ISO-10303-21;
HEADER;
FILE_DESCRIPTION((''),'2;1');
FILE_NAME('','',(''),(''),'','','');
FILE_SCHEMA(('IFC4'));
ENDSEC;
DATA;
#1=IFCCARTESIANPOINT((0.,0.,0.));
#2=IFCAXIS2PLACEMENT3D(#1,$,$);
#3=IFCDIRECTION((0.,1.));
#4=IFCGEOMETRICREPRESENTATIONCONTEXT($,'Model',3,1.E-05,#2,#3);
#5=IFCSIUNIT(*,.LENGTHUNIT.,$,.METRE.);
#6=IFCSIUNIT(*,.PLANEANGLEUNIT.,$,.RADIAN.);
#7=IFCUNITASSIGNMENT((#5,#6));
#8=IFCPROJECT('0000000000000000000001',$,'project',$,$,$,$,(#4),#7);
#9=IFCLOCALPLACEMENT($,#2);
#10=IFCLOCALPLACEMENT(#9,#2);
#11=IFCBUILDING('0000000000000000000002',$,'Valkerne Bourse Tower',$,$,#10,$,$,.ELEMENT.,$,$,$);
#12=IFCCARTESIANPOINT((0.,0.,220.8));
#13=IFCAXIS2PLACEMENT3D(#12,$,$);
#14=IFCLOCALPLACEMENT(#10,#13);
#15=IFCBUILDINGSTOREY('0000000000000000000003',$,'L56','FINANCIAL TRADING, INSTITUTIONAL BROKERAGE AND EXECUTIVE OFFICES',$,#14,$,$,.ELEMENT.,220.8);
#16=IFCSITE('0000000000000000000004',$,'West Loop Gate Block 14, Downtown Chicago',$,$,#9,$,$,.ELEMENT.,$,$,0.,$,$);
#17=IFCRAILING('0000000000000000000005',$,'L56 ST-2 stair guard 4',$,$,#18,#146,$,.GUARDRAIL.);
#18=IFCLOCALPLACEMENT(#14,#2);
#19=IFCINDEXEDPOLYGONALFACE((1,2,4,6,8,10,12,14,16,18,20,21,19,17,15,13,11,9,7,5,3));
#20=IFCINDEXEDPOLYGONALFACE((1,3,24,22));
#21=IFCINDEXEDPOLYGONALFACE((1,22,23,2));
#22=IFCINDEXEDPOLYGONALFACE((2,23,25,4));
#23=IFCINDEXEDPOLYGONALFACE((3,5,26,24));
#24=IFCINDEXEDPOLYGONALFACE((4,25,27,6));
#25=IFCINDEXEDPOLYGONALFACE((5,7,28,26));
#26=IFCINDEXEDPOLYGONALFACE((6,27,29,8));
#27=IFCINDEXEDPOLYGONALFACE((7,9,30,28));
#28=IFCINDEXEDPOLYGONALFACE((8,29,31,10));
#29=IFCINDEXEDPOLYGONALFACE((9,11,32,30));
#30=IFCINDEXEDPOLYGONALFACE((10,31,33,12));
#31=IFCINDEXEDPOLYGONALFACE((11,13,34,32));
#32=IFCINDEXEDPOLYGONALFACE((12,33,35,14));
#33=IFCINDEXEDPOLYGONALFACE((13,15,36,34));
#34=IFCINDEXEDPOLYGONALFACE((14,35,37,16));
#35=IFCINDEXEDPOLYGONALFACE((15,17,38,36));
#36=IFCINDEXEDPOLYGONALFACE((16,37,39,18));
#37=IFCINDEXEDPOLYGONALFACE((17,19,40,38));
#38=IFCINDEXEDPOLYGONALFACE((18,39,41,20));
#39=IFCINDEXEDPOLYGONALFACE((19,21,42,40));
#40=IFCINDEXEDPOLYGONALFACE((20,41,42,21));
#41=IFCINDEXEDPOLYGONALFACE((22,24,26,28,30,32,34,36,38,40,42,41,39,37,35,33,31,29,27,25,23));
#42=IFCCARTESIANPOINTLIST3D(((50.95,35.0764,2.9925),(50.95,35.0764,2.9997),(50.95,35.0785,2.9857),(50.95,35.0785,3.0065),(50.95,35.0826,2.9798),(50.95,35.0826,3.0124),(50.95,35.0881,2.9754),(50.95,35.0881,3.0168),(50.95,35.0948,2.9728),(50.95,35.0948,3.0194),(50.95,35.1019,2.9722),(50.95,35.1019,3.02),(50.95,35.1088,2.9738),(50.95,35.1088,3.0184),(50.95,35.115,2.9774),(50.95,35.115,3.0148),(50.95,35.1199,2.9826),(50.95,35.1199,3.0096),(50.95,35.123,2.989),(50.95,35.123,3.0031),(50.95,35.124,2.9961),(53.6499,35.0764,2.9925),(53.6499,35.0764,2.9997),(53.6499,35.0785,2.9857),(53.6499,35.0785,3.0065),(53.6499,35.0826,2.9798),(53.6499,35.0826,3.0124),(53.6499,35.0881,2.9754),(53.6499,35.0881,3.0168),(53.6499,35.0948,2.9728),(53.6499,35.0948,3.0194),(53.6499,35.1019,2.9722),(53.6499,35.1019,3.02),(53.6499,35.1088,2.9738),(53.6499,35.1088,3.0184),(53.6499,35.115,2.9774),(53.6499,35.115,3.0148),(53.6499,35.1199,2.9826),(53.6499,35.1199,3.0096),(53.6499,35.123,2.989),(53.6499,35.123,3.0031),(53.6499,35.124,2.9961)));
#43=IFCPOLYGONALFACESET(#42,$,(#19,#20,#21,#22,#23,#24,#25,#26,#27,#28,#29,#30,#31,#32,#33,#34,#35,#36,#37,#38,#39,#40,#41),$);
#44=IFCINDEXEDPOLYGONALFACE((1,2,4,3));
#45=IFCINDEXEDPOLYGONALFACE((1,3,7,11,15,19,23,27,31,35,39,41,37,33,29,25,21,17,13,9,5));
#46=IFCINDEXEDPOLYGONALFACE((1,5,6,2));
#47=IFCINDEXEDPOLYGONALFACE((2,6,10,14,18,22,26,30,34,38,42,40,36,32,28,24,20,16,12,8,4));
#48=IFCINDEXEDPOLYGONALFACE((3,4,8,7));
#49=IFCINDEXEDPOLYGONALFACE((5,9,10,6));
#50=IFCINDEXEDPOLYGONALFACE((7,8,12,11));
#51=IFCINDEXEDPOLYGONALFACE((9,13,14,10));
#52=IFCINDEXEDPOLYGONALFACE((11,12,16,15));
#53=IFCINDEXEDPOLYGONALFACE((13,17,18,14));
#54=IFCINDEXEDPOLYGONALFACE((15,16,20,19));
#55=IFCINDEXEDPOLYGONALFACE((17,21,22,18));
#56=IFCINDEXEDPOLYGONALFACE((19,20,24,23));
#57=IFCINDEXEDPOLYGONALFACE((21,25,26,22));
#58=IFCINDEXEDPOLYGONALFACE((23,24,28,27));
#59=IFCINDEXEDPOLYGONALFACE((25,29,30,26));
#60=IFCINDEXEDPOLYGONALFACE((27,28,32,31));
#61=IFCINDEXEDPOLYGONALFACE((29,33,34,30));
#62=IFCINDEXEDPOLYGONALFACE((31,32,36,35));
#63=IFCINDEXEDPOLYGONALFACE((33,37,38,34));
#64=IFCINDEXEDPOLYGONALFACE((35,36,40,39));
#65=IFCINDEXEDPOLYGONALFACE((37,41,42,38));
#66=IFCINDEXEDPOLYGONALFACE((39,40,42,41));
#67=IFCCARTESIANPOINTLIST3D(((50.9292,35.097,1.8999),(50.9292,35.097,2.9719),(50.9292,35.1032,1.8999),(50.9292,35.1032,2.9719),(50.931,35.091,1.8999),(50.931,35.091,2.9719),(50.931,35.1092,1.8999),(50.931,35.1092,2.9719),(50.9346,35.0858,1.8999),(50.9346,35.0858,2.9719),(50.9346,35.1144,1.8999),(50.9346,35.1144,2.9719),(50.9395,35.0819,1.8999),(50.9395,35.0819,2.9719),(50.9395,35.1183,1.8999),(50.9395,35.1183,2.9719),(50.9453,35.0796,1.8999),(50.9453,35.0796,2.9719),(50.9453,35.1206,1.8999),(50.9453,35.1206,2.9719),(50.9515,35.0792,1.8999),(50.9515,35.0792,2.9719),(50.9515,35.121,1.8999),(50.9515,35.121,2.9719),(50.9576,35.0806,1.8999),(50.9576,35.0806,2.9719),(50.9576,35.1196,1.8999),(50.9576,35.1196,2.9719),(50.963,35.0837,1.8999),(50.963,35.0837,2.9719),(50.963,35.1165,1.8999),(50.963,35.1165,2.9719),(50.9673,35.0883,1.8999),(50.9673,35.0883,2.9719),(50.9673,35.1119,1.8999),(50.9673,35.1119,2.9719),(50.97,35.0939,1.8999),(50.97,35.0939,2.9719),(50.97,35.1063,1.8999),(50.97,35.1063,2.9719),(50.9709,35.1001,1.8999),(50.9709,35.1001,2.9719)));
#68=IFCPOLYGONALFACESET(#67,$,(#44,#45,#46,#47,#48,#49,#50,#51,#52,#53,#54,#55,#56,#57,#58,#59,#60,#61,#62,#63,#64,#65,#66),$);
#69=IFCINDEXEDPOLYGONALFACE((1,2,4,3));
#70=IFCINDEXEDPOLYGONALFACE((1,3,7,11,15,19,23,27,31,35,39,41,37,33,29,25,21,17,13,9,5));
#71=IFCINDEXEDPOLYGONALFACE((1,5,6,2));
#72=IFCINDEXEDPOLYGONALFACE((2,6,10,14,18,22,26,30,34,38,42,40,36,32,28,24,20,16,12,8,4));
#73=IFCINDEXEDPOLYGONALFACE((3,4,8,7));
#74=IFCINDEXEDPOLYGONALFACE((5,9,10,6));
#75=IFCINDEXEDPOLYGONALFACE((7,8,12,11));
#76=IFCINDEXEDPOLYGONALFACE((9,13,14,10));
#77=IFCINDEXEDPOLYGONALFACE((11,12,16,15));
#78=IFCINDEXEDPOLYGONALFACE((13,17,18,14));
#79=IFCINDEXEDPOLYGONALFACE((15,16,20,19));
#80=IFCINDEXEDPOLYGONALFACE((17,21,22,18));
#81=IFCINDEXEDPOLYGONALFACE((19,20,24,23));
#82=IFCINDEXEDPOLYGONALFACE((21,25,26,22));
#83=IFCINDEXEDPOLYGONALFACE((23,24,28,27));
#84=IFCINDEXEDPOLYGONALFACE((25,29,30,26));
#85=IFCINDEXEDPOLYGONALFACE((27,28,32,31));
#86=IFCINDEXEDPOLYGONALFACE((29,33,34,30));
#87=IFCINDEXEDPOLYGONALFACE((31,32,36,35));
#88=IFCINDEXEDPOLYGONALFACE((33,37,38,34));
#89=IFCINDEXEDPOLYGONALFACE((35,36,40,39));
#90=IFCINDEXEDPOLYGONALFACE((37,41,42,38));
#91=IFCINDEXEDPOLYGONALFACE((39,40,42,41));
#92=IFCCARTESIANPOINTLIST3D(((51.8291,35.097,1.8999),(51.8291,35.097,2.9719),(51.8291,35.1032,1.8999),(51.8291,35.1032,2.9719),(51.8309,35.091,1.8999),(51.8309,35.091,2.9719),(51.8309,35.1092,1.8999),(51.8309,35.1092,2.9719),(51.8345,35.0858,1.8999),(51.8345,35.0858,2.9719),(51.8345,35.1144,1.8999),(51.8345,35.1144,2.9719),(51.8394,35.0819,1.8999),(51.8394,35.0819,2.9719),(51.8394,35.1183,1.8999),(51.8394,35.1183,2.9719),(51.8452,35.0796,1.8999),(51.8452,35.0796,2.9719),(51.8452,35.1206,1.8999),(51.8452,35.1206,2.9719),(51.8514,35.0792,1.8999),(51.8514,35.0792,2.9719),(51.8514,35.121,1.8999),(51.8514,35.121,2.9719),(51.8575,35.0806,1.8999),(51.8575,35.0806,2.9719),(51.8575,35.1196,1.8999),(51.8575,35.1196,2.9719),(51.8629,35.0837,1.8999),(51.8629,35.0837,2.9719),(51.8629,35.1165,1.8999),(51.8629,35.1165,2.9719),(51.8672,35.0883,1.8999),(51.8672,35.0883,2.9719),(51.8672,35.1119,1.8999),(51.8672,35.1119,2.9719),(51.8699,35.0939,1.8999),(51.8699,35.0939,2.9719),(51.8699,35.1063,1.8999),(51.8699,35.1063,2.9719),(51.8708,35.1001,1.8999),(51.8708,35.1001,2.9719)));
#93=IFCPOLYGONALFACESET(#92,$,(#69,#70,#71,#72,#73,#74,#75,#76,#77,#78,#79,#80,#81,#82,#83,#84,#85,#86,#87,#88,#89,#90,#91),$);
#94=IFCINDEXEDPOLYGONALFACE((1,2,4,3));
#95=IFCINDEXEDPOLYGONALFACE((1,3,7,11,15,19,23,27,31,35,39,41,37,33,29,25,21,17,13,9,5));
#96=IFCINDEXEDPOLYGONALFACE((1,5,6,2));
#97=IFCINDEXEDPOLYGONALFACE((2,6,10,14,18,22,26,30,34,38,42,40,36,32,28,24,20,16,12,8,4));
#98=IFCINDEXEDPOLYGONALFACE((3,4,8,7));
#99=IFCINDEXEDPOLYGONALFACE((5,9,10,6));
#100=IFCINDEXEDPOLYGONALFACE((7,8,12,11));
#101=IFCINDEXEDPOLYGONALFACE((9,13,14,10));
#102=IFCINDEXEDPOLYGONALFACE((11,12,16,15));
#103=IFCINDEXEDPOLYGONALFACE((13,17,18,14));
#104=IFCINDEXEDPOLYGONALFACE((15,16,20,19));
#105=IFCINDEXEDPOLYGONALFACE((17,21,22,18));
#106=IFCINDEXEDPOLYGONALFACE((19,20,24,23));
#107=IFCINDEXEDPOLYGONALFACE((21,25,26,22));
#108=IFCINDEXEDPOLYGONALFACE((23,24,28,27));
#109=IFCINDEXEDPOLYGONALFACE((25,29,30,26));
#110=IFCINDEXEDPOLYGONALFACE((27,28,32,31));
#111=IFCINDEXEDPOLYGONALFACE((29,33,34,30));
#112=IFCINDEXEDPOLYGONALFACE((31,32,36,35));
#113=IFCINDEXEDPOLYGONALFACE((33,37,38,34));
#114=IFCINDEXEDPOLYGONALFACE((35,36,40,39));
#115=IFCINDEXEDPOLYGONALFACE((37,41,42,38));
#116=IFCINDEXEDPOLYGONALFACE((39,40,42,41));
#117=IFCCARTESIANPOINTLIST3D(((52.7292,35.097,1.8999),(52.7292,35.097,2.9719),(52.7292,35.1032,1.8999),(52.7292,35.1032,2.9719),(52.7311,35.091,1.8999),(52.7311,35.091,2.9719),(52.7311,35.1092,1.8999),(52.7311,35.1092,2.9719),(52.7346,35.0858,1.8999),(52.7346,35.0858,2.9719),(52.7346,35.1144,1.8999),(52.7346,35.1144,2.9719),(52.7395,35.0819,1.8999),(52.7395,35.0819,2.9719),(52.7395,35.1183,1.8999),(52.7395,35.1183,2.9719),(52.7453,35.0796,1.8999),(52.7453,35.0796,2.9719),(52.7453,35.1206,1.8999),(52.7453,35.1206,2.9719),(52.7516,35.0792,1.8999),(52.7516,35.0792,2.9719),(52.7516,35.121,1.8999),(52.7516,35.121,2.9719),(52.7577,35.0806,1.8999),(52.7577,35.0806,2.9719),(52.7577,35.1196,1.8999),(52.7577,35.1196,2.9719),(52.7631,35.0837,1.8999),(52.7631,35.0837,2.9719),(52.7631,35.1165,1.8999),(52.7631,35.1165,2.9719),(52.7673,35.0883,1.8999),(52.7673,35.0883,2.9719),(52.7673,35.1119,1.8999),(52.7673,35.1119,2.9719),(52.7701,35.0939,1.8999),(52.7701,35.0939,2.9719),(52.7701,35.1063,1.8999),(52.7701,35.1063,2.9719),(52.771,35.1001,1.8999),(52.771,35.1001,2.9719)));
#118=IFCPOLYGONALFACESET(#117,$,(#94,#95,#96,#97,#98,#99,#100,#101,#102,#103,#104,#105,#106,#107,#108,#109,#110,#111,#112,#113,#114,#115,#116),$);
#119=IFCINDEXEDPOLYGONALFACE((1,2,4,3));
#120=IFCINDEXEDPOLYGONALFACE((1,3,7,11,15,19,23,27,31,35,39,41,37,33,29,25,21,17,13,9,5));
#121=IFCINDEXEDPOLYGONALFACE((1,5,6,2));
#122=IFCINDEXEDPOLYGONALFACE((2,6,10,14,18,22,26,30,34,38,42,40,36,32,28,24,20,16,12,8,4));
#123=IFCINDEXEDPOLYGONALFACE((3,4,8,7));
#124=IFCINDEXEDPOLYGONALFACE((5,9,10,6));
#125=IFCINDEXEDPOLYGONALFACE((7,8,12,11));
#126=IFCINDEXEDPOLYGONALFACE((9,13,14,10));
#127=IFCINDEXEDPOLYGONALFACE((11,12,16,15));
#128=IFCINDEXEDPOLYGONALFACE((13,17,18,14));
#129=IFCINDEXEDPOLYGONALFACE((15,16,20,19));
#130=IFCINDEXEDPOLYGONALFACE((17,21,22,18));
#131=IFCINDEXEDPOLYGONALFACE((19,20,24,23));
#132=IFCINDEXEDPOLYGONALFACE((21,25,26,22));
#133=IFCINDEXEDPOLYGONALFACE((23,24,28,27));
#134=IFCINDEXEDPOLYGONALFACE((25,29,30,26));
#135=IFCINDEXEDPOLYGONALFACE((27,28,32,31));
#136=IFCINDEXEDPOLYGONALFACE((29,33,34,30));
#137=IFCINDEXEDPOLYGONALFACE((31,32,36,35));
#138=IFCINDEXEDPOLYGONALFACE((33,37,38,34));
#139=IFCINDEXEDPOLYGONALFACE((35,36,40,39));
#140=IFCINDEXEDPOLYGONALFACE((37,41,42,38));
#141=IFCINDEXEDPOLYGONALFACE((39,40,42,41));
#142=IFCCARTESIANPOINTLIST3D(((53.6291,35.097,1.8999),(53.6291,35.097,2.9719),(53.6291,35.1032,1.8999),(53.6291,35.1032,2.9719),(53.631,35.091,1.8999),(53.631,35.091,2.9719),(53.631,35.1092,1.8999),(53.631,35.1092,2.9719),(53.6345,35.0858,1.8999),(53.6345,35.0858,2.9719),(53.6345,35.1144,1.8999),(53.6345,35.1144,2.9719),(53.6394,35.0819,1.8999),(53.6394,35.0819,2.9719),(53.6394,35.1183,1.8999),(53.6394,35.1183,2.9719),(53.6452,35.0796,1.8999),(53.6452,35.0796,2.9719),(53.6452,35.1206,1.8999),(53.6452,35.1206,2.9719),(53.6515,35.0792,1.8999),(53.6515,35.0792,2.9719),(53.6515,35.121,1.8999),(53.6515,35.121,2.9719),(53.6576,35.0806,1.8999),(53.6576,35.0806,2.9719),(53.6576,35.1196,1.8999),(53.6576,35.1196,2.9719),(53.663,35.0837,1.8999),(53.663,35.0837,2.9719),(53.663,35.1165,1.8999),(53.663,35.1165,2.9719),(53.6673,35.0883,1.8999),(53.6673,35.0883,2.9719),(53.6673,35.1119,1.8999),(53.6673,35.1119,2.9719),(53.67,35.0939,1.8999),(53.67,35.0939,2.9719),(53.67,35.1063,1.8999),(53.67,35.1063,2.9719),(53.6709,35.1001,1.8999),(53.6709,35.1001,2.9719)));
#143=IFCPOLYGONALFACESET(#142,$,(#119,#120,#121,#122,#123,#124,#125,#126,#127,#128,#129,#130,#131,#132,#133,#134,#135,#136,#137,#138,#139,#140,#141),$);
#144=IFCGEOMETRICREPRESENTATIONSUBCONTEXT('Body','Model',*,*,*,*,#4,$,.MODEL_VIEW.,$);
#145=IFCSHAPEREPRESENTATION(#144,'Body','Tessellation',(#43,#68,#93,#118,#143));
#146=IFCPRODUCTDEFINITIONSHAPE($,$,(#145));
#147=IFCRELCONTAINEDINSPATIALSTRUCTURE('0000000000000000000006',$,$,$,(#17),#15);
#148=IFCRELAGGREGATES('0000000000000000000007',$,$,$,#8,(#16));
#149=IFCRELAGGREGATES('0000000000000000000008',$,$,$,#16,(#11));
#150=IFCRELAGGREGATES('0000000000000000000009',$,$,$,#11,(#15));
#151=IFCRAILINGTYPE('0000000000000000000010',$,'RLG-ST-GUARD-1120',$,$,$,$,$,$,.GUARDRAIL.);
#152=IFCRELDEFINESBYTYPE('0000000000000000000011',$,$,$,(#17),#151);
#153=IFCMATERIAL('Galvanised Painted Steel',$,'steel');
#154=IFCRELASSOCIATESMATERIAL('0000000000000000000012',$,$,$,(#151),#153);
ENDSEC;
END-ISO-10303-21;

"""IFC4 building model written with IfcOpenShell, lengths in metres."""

from ifc_helpers import new_model, si_unit, direction, frame, origin, origin_2d, place, context, subcontext, project, spatial, circle, extrude, material, type_object, element, save


model = new_model("IFC4")

# Units and contexts
model_context = context("Model", 3, precision=1e-05, world=origin(), true_north=direction((0.0, 1.0)))
body_context = subcontext(model_context, "Body", "Model", "MODEL_VIEW")
ifc_project = project(units=[si_unit("LENGTHUNIT", "METRE"), si_unit("PLANEANGLEUNIT", "RADIAN")], contexts=[model_context])

# Site, building, storey
site_placement = place(None, origin())
site = spatial("IfcSite", under=ifc_project, at=site_placement, Name="West Loop Gate Block 14, Downtown Chicago", CompositionType="ELEMENT", RefElevation=0.0)
building_placement = place(site_placement, origin())
building = spatial("IfcBuilding", under=site, at=building_placement, Name="Valkerne Bourse Tower", CompositionType="ELEMENT")
storey_placement = place(building_placement, frame((0.0, 0.0, 220.8)))
storey = spatial("IfcBuildingStorey", under=building, at=storey_placement, Name="L56", Description="FINANCIAL TRADING, INSTITUTIONAL BROKERAGE AND EXECUTIVE OFFICES", CompositionType="ELEMENT", Elevation=220.8)

# Shared definitions
ifc_material_1 = material(Name="Galvanised Painted Steel", Category="steel")

# Railing
railing_type_1 = type_object("IfcRailingType", Name="RLG-ST-GUARD-1120", PredefinedType="GUARDRAIL", material=ifc_material_1)
for number, where, name in (
    (1, (50.95, 35.1001, 1.8999), "L56 ST-2 stair guard 4"),
):
    element("IfcRailing", number, at=place(storey_placement, frame(where)), inside=storey, type_object=railing_type_1, Name=name, PredefinedType="GUARDRAIL", context=body_context, shape_type="SweptSolid", body=[
        extrude(circle(Radius=0.0239, at=origin_2d()), frame((0.0, 0.0, 1.0962), z_axis=(1.0, 0.0, 0.0), x_axis=(0.0, 1.0, 0.0)), (0.0, 0.0, 1.0), 2.7),
        extrude(circle(Radius=0.021, at=origin_2d()), origin(), (0.0, 0.0, 1.0), 1.072),
        extrude(circle(Radius=0.021, at=origin_2d()), frame((0.8999, 0.0, 0.0)), (0.0, 0.0, 1.0), 1.072),
        extrude(circle(Radius=0.021, at=origin_2d()), frame((1.8, 0.0, 0.0)), (0.0, 0.0, 1.0), 1.072),
        extrude(circle(Radius=0.021, at=origin_2d()), frame((2.7, 0.0, 0.0)), (0.0, 0.0, 1.0), 1.072),
    ])

save(model, "model.ifc")
